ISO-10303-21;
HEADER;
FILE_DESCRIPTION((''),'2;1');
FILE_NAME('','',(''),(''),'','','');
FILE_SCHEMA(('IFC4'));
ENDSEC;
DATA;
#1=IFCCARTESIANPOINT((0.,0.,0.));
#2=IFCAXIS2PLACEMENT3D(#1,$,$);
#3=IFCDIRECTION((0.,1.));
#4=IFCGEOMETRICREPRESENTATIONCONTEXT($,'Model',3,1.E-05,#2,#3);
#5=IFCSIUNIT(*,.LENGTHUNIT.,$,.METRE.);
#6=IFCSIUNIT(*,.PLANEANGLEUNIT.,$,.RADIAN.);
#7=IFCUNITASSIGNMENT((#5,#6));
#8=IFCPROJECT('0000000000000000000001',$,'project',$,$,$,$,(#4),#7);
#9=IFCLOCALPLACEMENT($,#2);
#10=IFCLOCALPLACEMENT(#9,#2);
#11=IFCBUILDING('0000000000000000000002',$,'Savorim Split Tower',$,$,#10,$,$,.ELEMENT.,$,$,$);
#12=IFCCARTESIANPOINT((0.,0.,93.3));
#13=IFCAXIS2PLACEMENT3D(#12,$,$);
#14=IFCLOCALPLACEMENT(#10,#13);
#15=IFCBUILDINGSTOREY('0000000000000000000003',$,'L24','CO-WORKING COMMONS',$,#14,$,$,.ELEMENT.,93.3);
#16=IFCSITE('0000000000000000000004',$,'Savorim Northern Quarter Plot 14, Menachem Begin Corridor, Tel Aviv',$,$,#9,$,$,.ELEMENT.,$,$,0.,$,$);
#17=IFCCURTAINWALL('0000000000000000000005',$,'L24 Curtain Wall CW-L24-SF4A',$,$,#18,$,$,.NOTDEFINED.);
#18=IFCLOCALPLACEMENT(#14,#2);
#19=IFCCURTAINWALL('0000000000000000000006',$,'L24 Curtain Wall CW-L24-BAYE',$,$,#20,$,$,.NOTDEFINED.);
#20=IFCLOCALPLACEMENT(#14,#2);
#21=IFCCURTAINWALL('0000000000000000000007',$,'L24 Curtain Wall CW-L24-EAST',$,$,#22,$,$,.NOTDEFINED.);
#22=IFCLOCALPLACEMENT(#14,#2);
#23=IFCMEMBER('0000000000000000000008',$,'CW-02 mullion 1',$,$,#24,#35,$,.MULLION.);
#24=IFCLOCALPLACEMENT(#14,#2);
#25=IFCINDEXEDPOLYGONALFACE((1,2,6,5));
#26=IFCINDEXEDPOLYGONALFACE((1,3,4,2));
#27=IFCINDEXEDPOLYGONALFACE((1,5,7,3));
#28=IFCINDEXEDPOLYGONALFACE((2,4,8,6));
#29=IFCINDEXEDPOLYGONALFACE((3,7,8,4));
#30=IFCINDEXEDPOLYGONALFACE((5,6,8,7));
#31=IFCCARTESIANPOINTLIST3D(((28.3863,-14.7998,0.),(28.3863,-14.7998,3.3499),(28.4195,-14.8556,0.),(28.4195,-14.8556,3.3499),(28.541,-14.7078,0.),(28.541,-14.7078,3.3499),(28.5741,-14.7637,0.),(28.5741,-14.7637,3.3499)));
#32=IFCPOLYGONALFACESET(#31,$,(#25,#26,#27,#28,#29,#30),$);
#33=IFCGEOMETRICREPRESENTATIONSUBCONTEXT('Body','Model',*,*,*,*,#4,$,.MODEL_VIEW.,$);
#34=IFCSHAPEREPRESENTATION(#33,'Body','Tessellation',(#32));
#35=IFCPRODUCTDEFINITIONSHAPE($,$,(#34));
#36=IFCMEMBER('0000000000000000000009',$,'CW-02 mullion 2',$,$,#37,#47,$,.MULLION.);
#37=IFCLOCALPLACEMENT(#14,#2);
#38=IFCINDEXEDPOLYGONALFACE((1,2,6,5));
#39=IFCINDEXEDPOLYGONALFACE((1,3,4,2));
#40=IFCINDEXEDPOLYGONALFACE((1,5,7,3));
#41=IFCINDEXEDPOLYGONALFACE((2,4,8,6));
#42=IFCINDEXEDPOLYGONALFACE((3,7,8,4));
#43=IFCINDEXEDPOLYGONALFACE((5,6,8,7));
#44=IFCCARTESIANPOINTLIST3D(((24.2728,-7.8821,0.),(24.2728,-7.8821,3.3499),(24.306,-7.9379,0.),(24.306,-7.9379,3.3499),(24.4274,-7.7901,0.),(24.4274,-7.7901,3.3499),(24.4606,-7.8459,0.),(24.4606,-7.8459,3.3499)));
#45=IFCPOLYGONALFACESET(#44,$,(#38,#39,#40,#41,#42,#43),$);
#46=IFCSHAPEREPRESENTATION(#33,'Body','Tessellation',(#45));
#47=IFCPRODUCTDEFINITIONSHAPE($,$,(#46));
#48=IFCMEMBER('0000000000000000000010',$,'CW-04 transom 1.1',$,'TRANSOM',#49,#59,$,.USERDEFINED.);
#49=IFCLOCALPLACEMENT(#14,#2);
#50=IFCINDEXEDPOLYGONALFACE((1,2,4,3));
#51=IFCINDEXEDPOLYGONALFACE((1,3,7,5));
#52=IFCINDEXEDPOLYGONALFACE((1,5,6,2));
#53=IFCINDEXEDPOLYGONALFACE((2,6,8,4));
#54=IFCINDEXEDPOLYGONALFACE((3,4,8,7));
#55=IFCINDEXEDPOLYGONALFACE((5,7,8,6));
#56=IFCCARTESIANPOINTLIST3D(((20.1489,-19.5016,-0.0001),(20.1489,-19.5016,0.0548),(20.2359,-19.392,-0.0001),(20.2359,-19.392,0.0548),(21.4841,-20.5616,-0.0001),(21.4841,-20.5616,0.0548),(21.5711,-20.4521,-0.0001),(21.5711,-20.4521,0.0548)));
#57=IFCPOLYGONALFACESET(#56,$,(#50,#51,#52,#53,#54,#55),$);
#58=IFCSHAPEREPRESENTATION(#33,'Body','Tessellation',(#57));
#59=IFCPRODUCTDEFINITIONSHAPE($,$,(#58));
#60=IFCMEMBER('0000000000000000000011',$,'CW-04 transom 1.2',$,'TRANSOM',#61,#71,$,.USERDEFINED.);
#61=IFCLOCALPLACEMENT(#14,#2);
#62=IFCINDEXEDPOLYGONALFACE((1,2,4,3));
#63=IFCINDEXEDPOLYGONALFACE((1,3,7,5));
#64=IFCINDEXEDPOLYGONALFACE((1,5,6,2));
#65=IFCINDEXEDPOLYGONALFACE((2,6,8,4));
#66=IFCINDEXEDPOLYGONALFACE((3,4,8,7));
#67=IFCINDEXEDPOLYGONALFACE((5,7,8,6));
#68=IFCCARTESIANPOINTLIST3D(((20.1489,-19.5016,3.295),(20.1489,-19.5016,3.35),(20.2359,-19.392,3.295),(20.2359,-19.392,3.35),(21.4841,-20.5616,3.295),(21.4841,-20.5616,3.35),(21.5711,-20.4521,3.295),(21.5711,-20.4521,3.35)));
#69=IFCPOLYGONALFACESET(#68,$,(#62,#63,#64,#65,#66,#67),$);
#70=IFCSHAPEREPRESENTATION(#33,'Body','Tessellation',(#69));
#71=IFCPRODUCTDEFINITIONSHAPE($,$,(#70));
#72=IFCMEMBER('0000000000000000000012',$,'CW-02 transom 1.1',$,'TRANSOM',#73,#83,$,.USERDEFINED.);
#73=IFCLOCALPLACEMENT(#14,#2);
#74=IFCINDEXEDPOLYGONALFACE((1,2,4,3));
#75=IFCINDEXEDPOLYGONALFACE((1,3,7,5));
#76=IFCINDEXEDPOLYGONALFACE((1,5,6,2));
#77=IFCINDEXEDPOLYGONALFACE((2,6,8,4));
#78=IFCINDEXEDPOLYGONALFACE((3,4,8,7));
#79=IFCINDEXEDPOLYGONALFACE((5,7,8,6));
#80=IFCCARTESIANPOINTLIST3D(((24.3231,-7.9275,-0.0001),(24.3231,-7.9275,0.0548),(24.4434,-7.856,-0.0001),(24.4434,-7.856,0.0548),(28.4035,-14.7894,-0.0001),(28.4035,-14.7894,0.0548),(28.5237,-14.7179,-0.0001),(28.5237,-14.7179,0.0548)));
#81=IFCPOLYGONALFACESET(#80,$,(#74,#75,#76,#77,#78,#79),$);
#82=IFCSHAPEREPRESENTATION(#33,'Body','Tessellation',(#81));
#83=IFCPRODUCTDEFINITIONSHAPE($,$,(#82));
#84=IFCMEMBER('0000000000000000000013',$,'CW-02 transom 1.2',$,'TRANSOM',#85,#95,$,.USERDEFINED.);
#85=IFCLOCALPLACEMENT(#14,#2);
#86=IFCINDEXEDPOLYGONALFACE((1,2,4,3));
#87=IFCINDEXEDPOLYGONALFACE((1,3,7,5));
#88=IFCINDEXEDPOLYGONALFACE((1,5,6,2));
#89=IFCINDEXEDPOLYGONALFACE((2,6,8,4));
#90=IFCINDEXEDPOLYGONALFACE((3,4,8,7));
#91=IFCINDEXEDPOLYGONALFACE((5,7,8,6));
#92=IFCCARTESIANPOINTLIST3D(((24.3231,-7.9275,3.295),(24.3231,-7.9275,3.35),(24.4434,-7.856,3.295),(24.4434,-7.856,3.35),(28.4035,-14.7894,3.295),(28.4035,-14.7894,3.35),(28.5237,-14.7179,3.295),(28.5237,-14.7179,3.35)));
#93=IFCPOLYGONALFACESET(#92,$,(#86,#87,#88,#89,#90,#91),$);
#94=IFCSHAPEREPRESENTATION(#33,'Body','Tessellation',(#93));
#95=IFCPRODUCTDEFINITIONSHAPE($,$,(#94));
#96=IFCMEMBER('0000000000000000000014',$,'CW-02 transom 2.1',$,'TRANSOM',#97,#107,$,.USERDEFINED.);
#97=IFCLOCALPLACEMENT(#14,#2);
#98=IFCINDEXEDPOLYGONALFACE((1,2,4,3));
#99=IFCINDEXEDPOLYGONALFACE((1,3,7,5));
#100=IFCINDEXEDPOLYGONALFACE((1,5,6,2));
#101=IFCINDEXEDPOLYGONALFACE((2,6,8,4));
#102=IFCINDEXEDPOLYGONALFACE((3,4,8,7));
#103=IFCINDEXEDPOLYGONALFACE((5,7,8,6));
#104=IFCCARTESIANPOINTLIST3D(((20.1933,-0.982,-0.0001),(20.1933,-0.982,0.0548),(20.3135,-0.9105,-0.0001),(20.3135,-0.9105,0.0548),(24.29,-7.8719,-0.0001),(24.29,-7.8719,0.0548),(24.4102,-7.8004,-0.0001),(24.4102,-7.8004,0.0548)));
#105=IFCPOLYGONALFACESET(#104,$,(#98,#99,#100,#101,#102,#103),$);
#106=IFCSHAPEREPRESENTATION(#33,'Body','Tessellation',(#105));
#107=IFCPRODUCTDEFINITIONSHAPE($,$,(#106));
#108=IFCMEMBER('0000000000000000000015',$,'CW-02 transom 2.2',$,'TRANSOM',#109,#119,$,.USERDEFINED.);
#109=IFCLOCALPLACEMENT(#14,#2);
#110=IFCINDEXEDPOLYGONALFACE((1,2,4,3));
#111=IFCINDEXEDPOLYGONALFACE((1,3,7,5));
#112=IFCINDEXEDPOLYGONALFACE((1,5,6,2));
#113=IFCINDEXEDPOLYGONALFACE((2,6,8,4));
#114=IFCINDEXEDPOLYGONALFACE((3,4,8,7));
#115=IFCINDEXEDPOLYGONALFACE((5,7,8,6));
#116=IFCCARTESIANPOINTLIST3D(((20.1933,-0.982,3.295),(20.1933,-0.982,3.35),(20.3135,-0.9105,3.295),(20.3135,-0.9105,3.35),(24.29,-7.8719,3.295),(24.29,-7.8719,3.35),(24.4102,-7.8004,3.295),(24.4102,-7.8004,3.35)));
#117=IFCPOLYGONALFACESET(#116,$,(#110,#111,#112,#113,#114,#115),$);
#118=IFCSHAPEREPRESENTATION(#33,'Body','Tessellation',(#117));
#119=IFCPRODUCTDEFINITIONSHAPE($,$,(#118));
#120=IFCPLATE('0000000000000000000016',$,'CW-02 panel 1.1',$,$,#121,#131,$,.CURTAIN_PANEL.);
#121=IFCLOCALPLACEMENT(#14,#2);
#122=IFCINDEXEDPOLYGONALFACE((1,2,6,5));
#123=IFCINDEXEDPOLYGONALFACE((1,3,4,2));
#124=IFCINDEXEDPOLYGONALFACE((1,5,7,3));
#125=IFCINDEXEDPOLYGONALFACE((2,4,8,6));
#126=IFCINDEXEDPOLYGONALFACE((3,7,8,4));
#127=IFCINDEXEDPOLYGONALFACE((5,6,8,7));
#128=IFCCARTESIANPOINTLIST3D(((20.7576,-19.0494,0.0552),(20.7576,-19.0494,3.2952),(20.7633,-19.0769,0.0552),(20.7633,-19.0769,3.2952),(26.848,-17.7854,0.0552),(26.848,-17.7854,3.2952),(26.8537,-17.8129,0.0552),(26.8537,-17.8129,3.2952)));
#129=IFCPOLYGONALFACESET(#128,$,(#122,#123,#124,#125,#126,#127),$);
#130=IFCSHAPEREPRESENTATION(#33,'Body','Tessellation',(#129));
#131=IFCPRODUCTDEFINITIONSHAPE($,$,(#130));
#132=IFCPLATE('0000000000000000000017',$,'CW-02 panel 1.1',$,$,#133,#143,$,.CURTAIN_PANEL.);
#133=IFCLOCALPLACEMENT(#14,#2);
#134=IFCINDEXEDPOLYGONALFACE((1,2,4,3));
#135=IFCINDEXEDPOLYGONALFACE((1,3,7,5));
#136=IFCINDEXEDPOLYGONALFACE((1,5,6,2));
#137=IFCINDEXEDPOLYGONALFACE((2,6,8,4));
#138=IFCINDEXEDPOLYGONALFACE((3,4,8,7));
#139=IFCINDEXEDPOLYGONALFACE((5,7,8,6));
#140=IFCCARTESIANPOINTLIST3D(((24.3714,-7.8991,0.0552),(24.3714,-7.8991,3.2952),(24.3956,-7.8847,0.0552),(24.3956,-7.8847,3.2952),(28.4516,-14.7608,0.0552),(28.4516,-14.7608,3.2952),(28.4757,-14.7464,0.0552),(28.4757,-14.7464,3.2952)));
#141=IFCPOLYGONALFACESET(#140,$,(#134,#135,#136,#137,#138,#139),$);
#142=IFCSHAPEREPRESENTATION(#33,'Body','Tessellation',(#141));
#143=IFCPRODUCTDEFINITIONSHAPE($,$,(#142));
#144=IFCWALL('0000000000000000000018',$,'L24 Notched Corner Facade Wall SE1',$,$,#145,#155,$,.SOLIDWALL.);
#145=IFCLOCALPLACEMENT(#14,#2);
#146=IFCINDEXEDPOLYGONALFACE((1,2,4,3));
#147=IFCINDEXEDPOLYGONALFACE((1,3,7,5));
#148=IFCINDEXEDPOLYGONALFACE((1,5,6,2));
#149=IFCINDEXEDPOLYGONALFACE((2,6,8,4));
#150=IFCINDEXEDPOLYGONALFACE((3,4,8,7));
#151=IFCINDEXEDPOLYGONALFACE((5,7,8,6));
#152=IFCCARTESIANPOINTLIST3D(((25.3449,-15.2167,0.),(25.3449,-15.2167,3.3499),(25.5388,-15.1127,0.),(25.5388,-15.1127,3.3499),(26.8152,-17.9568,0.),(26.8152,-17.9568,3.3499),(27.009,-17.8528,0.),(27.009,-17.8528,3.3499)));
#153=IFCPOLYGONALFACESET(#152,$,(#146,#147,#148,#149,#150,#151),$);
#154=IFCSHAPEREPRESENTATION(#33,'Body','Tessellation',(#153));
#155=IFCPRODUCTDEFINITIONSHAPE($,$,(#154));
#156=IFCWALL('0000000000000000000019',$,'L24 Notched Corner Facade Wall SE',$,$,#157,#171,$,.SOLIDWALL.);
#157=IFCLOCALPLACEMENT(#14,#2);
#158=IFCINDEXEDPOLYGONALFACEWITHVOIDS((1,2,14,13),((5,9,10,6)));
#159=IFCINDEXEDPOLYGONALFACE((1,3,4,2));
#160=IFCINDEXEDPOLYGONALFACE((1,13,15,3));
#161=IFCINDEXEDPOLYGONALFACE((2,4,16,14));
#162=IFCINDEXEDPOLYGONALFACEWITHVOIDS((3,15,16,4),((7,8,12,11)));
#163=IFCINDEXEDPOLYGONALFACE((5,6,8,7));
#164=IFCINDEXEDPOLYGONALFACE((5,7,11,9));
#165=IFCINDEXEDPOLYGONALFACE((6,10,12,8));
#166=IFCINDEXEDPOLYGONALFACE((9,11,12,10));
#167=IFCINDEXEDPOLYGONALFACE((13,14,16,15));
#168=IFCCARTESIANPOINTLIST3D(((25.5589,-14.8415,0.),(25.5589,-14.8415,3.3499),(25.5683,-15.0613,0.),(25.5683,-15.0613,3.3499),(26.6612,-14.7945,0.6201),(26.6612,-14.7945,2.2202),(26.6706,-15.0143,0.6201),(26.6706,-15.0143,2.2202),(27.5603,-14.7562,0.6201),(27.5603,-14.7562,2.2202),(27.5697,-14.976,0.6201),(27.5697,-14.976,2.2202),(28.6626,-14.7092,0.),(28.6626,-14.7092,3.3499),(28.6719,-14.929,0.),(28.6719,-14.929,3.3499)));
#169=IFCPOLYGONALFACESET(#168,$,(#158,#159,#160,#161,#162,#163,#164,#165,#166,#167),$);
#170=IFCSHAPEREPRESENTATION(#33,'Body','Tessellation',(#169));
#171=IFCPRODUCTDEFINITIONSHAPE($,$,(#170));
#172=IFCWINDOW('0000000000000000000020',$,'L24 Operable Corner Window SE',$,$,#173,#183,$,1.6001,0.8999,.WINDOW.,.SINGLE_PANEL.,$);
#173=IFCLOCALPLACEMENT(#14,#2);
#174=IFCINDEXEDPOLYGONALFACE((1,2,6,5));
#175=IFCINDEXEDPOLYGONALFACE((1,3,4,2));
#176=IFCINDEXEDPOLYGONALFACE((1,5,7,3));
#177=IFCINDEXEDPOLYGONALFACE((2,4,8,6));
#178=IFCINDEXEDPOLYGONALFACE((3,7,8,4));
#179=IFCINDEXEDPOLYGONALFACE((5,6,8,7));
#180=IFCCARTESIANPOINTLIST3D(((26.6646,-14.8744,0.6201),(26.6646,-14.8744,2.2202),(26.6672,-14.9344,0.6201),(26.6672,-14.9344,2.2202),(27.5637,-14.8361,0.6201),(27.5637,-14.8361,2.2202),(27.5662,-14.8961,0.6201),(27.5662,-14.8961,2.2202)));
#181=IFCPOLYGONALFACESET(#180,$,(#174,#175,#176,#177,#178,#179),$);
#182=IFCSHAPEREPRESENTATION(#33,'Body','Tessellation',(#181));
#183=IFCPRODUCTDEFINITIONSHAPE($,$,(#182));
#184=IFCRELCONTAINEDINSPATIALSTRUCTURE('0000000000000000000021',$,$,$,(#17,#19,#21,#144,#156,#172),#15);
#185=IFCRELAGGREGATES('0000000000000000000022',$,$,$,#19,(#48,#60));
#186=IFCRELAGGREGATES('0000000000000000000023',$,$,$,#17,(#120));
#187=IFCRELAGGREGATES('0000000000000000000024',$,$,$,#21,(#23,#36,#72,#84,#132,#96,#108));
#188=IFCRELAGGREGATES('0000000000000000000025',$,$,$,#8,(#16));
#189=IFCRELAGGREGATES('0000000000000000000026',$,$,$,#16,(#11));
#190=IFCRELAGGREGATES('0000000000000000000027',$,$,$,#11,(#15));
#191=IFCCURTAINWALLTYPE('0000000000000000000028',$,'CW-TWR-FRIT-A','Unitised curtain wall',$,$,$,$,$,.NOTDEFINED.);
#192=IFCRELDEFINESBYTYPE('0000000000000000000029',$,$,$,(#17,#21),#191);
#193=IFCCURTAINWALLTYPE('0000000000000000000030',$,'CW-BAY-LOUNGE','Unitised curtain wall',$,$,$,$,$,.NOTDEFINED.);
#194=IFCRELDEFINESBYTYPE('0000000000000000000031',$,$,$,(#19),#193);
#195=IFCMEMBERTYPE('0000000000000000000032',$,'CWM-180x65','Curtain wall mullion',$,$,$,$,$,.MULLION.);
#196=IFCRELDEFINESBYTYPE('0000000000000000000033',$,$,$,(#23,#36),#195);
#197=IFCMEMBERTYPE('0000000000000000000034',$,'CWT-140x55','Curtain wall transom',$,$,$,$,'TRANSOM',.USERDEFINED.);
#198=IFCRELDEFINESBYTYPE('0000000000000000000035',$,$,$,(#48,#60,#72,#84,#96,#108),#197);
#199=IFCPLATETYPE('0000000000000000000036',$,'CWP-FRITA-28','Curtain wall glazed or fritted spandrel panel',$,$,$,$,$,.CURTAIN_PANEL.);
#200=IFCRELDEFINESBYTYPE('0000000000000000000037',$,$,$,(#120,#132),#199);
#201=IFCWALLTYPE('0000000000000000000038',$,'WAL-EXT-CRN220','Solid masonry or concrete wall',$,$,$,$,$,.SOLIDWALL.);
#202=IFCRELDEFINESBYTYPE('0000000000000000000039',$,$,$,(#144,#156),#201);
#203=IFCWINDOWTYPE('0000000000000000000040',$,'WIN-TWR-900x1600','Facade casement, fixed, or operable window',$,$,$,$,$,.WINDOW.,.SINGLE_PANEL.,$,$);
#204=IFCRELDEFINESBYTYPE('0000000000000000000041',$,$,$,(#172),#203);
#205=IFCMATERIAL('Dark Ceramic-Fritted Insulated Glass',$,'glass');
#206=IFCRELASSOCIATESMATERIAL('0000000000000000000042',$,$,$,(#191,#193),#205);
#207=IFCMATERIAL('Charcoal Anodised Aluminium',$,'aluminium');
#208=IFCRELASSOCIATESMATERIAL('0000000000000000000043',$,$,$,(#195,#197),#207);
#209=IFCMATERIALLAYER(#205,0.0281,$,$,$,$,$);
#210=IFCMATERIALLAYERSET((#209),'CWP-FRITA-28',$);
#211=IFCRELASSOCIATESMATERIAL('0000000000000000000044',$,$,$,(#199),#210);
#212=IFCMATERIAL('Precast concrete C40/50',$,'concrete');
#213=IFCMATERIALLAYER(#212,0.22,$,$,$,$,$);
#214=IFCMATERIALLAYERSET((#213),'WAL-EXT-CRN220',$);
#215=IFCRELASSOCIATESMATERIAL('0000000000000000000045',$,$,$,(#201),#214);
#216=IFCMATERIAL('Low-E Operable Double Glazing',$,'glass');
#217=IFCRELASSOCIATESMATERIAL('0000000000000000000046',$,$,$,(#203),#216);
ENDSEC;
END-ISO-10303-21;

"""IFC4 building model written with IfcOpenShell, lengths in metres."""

from ifc_helpers import new_model, si_unit, direction, frame, frame_2d, origin, origin_2d, place, context, subcontext, project, spatial, rectangle, extrude, material, layer, layer_set, material_profile, profile_set, type_object, element, fill, aggregate, save


model = new_model("IFC4")

# Units and contexts
model_context = context("Model", 3, precision=1e-05, world=origin(), true_north=direction((0.0, 1.0)))
body_context = subcontext(model_context, "Body", "Model", "MODEL_VIEW")
ifc_project = project(units=[si_unit("LENGTHUNIT", "METRE"), si_unit("PLANEANGLEUNIT", "RADIAN")], contexts=[model_context])

# Site, building, storey
site_placement = place(None, origin())
site = spatial("IfcSite", under=ifc_project, at=site_placement, Name="Savorim Northern Quarter Plot 14, Menachem Begin Corridor, Tel Aviv", CompositionType="ELEMENT", RefElevation=0.0)
building_placement = place(site_placement, origin())
building = spatial("IfcBuilding", under=site, at=building_placement, Name="Savorim Split Tower", CompositionType="ELEMENT")
storey_placement = place(building_placement, frame((0.0, 0.0, 93.3)))
storey = spatial("IfcBuildingStorey", under=building, at=storey_placement, Name="L24", Description="CO-WORKING COMMONS", CompositionType="ELEMENT", Elevation=93.3)

# Curtain walls
ifc_material_1 = material(Name="Dark Ceramic-Fritted Insulated Glass", Category="glass")
curtain_wall_type_1 = type_object("IfcCurtainWallType", Name="CW-TWR-FRIT-A", Description="Unitised curtain wall", PredefinedType="NOTDEFINED", material=ifc_material_1)
curtain_wall_1_placement = place(storey_placement, origin())
curtain_wall_1 = element("IfcCurtainWall", 1, at=curtain_wall_1_placement, inside=storey, type_object=curtain_wall_type_1, Name="L24 Curtain Wall CW-L24-SF4A", PredefinedType="NOTDEFINED")
ifc_material_2 = material(Name="Charcoal Anodised Aluminium", Category="aluminium")
ifc_material_profile_1 = material_profile(ifc_material_2, rectangle(XDim=0.1799, YDim=0.0649, at=origin_2d()), Name="ALU-M 180x65")
ifc_profile_set_1 = profile_set([ifc_material_profile_1], Name="Charcoal Anodised Aluminium")
member_type_1 = type_object("IfcMemberType", Name="CWM-180x65", Description="Curtain wall mullion", PredefinedType="MULLION", material=ifc_profile_set_1)
curtain_wall_type_2 = type_object("IfcCurtainWallType", Name="CW-BAY-LOUNGE", Description="Unitised curtain wall", PredefinedType="NOTDEFINED", material=ifc_material_1)
curtain_wall_2_placement = place(storey_placement, origin())
curtain_wall_2 = element("IfcCurtainWall", 2, at=curtain_wall_2_placement, inside=storey, type_object=curtain_wall_type_2, Name="L24 Curtain Wall CW-L24-BAYE", PredefinedType="NOTDEFINED")

# Curtain wall, members
curtain_wall_3_placement = place(storey_placement, origin())
curtain_wall_3 = element("IfcCurtainWall", 3, at=curtain_wall_3_placement, inside=storey, type_object=curtain_wall_type_1, Name="L24 Curtain Wall CW-L24-EAST", PredefinedType="NOTDEFINED")
member_1_placement = place(storey_placement, frame((28.4802, -14.7817, 0.0), z_axis=(0.0, 0.0, 1.0), x_axis=(-0.859525, -0.511094, 0.0)))
member_1 = element("IfcMember", 4, at=member_1_placement, type_object=member_type_1, Name="CW-02 mullion 1", PredefinedType="MULLION", context=body_context, shape_type="SweptSolid", body=[
    extrude(rectangle(XDim=0.1799, YDim=0.0649, at=origin_2d()), origin(), (0.0, 0.0, 1.0), 3.3499),
])
member_2_placement = place(storey_placement, frame((24.3667, -7.864, 0.0), z_axis=(0.0, 0.0, 1.0), x_axis=(-0.859525, -0.511094, 0.0)))
member_2 = element("IfcMember", 5, at=member_2_placement, type_object=member_type_1, Name="CW-02 mullion 2", PredefinedType="MULLION", context=body_context, shape_type="SweptSolid", body=[
    extrude(rectangle(XDim=0.1799, YDim=0.0649, at=origin_2d()), origin(), (0.0, 0.0, 1.0), 3.3499),
])

# Members
ifc_material_profile_2 = material_profile(ifc_material_2, rectangle(XDim=0.1399, YDim=0.0549, at=origin_2d()), Name="ALU-T 140x55")
ifc_profile_set_2 = profile_set([ifc_material_profile_2], Name="Charcoal Anodised Aluminium")
member_type_2 = type_object("IfcMemberType", Name="CWT-140x55", Description="Curtain wall transom", ElementType="TRANSOM", PredefinedType="USERDEFINED", material=ifc_profile_set_2)
member_3_placement = place(storey_placement, frame((21.5276, -20.5068, 0.0273), z_axis=(-0.783183, 0.621792, 0.0), x_axis=(-0.621792, -0.783183, 0.0)))
member_3 = element("IfcMember", 6, at=member_3_placement, type_object=member_type_2, Name="CW-04 transom 1.1", ObjectType="TRANSOM", PredefinedType="USERDEFINED", context=body_context, shape_type="SweptSolid", body=[
    extrude(rectangle(XDim=0.1399, YDim=0.0549, at=origin_2d()), origin(), (0.0, 0.0, 1.0), 1.7048),
])
member_4_placement = place(storey_placement, frame((21.5276, -20.5068, 3.3225), z_axis=(-0.783183, 0.621792, 0.0), x_axis=(-0.621792, -0.783183, 0.0)))
member_4 = element("IfcMember", 7, at=member_4_placement, type_object=member_type_2, Name="CW-04 transom 1.2", ObjectType="TRANSOM", PredefinedType="USERDEFINED", context=body_context, shape_type="SweptSolid", body=[
    extrude(rectangle(XDim=0.1399, YDim=0.0549, at=origin_2d()), origin(), (0.0, 0.0, 1.0), 1.7048),
])
aggregate(curtain_wall_2, [member_3, member_4])
member_5_placement = place(storey_placement, frame((28.4636, -14.7537, 0.0273), z_axis=(-0.511105, 0.859518, 0.0), x_axis=(-0.859518, -0.511105, 0.0)))
member_5 = element("IfcMember", 8, at=member_5_placement, type_object=member_type_2, Name="CW-02 transom 1.1", ObjectType="TRANSOM", PredefinedType="USERDEFINED", context=body_context, shape_type="SweptSolid", body=[
    extrude(rectangle(XDim=0.1399, YDim=0.0549, at=origin_2d()), origin(), (0.0, 0.0, 1.0), 7.9834),
])
member_6_placement = place(storey_placement, frame((28.4636, -14.7537, 3.3225), z_axis=(-0.511105, 0.859518, 0.0), x_axis=(-0.859518, -0.511105, 0.0)))
member_6 = element("IfcMember", 9, at=member_6_placement, type_object=member_type_2, Name="CW-02 transom 1.2", ObjectType="TRANSOM", PredefinedType="USERDEFINED", context=body_context, shape_type="SweptSolid", body=[
    extrude(rectangle(XDim=0.1399, YDim=0.0549, at=origin_2d()), origin(), (0.0, 0.0, 1.0), 7.9834),
])
member_7_placement = place(storey_placement, frame((24.3501, -7.8362, 0.0273), z_axis=(-0.511074, 0.859537, 0.0), x_axis=(-0.859537, -0.511074, 0.0)))
member_7 = element("IfcMember", 10, at=member_7_placement, type_object=member_type_2, Name="CW-02 transom 2.1", ObjectType="TRANSOM", PredefinedType="USERDEFINED", context=body_context, shape_type="SweptSolid", body=[
    extrude(rectangle(XDim=0.1399, YDim=0.0549, at=origin_2d()), origin(), (0.0, 0.0, 1.0), 8.0159),
])
member_8_placement = place(storey_placement, frame((24.3501, -7.8362, 3.3225), z_axis=(-0.511074, 0.859537, 0.0), x_axis=(-0.859537, -0.511074, 0.0)))
member_8 = element("IfcMember", 11, at=member_8_placement, type_object=member_type_2, Name="CW-02 transom 2.2", ObjectType="TRANSOM", PredefinedType="USERDEFINED", context=body_context, shape_type="SweptSolid", body=[
    extrude(rectangle(XDim=0.1399, YDim=0.0549, at=origin_2d()), origin(), (0.0, 0.0, 1.0), 8.0159),
])

# Plates
ifc_layer_1 = layer(ifc_material_1, 0.0281)
ifc_layer_set_1 = layer_set([ifc_layer_1], Name="CWP-FRITA-28")
plate_type = type_object("IfcPlateType", Name="CWP-FRITA-28", Description="Curtain wall glazed or fritted spandrel panel", PredefinedType="CURTAIN_PANEL", material=ifc_layer_set_1)
plate_1_placement = place(storey_placement, frame((23.8057, -18.4312, 0.0552), z_axis=(0.0, 0.0, 1.0), x_axis=(0.979133, 0.203218, 0.0)))
plate_1 = element("IfcPlate", 12, at=plate_1_placement, type_object=plate_type, Name="CW-02 panel 1.1", PredefinedType="CURTAIN_PANEL", context=body_context, shape_type="SweptSolid", body=[
    extrude(rectangle(XDim=6.2202, YDim=0.0281, at=origin_2d()), origin(), (0.0, 0.0, 1.0), 3.24),
])
aggregate(curtain_wall_1, [plate_1])
plate_2_placement = place(storey_placement, frame((26.4236, -11.3228, 0.0552), z_axis=(0.0, 0.0, 1.0), x_axis=(-0.511094, 0.859525, 0.0)))
plate_2 = element("IfcPlate", 13, at=plate_2_placement, type_object=plate_type, Name="CW-02 panel 1.1", PredefinedType="CURTAIN_PANEL", context=body_context, shape_type="SweptSolid", body=[
    extrude(rectangle(XDim=7.9832, YDim=0.0281, at=origin_2d()), origin(), (0.0, 0.0, 1.0), 3.24),
])
aggregate(curtain_wall_3, [member_1, member_2, member_5, member_6, plate_2, member_7, member_8])

# Wall
ifc_material_3 = material(Name="Precast concrete C40/50", Category="concrete")
ifc_layer_2 = layer(ifc_material_3, 0.22)
ifc_layer_set_2 = layer_set([ifc_layer_2], Name="WAL-EXT-CRN220")
wall_type = type_object("IfcWallType", Name="WAL-EXT-CRN220", Description="Solid masonry or concrete wall", PredefinedType="SOLIDWALL", material=ifc_layer_set_2)
wall_1_placement = place(storey_placement, frame((25.4419, -15.1648, 0.0), z_axis=(0.0, 0.0, 1.0), x_axis=(0.472812, -0.881163, 0.0)))
element("IfcWall", 14, at=wall_1_placement, inside=storey, type_object=wall_type, Name="L24 Notched Corner Facade Wall SE1", PredefinedType="SOLIDWALL", context=body_context, shape_type="SweptSolid", body=[
    extrude(rectangle(XDim=3.1096, YDim=0.22, at=frame_2d((1.5547, 0.0))), origin(), (0.0, 0.0, 1.0), 3.3499),
])

# Wall, opening, window
wall_2_placement = place(storey_placement, frame((28.6672, -14.8191, 0.0), z_axis=(0.0, 0.0, 1.0), x_axis=(-0.999092, -0.042598, 0.0)))
wall_2 = element("IfcWall", 15, at=wall_2_placement, inside=storey, type_object=wall_type, Name="L24 Notched Corner Facade Wall SE", PredefinedType="SOLIDWALL", context=body_context, shape_type="SweptSolid", body=[
    extrude(rectangle(XDim=3.1064, YDim=0.22, at=frame_2d((1.5532, 0.0))), origin(), (0.0, 0.0, 1.0), 3.3499),
])
opening_placement = place(wall_2_placement, frame((1.1033, 0.0, 0.6201)))
opening = element("IfcOpeningElement", 16, at=opening_placement, cuts=wall_2, PredefinedType="OPENING", context=body_context, shape_type="SweptSolid", body=[
    extrude(rectangle(XDim=0.8999, YDim=1.6001, at=frame_2d((0.45, 0.8))), frame((0.0, 0.1199, 0.0), z_axis=(0.0, -1.0, 0.0), x_axis=(1.0, 0.0, 0.0)), (0.0, 0.0, 1.0), 0.24),
])
ifc_material_4 = material(Name="Low-E Operable Double Glazing", Category="glass")
window_type = type_object("IfcWindowType", Name="WIN-TWR-900x1600", Description="Facade casement, fixed, or operable window", PartitioningType="SINGLE_PANEL", PredefinedType="WINDOW", material=ifc_material_4)
window_placement = place(opening_placement, origin())
window = element("IfcWindow", 17, at=window_placement, inside=storey, type_object=window_type, Name="L24 Operable Corner Window SE", OverallHeight=1.6001, OverallWidth=0.8999, PartitioningType="SINGLE_PANEL", PredefinedType="WINDOW", context=body_context, shape_type="SweptSolid", body=[
    extrude(rectangle(XDim=0.8999, YDim=1.6001, at=frame_2d((0.45, 0.8))), frame((0.0, 0.03, 0.0), z_axis=(0.0, -1.0, 0.0), x_axis=(1.0, 0.0, 0.0)), (0.0, 0.0, 1.0), 0.0601),
])
fill(opening, window)

save(model, "model.ifc")
